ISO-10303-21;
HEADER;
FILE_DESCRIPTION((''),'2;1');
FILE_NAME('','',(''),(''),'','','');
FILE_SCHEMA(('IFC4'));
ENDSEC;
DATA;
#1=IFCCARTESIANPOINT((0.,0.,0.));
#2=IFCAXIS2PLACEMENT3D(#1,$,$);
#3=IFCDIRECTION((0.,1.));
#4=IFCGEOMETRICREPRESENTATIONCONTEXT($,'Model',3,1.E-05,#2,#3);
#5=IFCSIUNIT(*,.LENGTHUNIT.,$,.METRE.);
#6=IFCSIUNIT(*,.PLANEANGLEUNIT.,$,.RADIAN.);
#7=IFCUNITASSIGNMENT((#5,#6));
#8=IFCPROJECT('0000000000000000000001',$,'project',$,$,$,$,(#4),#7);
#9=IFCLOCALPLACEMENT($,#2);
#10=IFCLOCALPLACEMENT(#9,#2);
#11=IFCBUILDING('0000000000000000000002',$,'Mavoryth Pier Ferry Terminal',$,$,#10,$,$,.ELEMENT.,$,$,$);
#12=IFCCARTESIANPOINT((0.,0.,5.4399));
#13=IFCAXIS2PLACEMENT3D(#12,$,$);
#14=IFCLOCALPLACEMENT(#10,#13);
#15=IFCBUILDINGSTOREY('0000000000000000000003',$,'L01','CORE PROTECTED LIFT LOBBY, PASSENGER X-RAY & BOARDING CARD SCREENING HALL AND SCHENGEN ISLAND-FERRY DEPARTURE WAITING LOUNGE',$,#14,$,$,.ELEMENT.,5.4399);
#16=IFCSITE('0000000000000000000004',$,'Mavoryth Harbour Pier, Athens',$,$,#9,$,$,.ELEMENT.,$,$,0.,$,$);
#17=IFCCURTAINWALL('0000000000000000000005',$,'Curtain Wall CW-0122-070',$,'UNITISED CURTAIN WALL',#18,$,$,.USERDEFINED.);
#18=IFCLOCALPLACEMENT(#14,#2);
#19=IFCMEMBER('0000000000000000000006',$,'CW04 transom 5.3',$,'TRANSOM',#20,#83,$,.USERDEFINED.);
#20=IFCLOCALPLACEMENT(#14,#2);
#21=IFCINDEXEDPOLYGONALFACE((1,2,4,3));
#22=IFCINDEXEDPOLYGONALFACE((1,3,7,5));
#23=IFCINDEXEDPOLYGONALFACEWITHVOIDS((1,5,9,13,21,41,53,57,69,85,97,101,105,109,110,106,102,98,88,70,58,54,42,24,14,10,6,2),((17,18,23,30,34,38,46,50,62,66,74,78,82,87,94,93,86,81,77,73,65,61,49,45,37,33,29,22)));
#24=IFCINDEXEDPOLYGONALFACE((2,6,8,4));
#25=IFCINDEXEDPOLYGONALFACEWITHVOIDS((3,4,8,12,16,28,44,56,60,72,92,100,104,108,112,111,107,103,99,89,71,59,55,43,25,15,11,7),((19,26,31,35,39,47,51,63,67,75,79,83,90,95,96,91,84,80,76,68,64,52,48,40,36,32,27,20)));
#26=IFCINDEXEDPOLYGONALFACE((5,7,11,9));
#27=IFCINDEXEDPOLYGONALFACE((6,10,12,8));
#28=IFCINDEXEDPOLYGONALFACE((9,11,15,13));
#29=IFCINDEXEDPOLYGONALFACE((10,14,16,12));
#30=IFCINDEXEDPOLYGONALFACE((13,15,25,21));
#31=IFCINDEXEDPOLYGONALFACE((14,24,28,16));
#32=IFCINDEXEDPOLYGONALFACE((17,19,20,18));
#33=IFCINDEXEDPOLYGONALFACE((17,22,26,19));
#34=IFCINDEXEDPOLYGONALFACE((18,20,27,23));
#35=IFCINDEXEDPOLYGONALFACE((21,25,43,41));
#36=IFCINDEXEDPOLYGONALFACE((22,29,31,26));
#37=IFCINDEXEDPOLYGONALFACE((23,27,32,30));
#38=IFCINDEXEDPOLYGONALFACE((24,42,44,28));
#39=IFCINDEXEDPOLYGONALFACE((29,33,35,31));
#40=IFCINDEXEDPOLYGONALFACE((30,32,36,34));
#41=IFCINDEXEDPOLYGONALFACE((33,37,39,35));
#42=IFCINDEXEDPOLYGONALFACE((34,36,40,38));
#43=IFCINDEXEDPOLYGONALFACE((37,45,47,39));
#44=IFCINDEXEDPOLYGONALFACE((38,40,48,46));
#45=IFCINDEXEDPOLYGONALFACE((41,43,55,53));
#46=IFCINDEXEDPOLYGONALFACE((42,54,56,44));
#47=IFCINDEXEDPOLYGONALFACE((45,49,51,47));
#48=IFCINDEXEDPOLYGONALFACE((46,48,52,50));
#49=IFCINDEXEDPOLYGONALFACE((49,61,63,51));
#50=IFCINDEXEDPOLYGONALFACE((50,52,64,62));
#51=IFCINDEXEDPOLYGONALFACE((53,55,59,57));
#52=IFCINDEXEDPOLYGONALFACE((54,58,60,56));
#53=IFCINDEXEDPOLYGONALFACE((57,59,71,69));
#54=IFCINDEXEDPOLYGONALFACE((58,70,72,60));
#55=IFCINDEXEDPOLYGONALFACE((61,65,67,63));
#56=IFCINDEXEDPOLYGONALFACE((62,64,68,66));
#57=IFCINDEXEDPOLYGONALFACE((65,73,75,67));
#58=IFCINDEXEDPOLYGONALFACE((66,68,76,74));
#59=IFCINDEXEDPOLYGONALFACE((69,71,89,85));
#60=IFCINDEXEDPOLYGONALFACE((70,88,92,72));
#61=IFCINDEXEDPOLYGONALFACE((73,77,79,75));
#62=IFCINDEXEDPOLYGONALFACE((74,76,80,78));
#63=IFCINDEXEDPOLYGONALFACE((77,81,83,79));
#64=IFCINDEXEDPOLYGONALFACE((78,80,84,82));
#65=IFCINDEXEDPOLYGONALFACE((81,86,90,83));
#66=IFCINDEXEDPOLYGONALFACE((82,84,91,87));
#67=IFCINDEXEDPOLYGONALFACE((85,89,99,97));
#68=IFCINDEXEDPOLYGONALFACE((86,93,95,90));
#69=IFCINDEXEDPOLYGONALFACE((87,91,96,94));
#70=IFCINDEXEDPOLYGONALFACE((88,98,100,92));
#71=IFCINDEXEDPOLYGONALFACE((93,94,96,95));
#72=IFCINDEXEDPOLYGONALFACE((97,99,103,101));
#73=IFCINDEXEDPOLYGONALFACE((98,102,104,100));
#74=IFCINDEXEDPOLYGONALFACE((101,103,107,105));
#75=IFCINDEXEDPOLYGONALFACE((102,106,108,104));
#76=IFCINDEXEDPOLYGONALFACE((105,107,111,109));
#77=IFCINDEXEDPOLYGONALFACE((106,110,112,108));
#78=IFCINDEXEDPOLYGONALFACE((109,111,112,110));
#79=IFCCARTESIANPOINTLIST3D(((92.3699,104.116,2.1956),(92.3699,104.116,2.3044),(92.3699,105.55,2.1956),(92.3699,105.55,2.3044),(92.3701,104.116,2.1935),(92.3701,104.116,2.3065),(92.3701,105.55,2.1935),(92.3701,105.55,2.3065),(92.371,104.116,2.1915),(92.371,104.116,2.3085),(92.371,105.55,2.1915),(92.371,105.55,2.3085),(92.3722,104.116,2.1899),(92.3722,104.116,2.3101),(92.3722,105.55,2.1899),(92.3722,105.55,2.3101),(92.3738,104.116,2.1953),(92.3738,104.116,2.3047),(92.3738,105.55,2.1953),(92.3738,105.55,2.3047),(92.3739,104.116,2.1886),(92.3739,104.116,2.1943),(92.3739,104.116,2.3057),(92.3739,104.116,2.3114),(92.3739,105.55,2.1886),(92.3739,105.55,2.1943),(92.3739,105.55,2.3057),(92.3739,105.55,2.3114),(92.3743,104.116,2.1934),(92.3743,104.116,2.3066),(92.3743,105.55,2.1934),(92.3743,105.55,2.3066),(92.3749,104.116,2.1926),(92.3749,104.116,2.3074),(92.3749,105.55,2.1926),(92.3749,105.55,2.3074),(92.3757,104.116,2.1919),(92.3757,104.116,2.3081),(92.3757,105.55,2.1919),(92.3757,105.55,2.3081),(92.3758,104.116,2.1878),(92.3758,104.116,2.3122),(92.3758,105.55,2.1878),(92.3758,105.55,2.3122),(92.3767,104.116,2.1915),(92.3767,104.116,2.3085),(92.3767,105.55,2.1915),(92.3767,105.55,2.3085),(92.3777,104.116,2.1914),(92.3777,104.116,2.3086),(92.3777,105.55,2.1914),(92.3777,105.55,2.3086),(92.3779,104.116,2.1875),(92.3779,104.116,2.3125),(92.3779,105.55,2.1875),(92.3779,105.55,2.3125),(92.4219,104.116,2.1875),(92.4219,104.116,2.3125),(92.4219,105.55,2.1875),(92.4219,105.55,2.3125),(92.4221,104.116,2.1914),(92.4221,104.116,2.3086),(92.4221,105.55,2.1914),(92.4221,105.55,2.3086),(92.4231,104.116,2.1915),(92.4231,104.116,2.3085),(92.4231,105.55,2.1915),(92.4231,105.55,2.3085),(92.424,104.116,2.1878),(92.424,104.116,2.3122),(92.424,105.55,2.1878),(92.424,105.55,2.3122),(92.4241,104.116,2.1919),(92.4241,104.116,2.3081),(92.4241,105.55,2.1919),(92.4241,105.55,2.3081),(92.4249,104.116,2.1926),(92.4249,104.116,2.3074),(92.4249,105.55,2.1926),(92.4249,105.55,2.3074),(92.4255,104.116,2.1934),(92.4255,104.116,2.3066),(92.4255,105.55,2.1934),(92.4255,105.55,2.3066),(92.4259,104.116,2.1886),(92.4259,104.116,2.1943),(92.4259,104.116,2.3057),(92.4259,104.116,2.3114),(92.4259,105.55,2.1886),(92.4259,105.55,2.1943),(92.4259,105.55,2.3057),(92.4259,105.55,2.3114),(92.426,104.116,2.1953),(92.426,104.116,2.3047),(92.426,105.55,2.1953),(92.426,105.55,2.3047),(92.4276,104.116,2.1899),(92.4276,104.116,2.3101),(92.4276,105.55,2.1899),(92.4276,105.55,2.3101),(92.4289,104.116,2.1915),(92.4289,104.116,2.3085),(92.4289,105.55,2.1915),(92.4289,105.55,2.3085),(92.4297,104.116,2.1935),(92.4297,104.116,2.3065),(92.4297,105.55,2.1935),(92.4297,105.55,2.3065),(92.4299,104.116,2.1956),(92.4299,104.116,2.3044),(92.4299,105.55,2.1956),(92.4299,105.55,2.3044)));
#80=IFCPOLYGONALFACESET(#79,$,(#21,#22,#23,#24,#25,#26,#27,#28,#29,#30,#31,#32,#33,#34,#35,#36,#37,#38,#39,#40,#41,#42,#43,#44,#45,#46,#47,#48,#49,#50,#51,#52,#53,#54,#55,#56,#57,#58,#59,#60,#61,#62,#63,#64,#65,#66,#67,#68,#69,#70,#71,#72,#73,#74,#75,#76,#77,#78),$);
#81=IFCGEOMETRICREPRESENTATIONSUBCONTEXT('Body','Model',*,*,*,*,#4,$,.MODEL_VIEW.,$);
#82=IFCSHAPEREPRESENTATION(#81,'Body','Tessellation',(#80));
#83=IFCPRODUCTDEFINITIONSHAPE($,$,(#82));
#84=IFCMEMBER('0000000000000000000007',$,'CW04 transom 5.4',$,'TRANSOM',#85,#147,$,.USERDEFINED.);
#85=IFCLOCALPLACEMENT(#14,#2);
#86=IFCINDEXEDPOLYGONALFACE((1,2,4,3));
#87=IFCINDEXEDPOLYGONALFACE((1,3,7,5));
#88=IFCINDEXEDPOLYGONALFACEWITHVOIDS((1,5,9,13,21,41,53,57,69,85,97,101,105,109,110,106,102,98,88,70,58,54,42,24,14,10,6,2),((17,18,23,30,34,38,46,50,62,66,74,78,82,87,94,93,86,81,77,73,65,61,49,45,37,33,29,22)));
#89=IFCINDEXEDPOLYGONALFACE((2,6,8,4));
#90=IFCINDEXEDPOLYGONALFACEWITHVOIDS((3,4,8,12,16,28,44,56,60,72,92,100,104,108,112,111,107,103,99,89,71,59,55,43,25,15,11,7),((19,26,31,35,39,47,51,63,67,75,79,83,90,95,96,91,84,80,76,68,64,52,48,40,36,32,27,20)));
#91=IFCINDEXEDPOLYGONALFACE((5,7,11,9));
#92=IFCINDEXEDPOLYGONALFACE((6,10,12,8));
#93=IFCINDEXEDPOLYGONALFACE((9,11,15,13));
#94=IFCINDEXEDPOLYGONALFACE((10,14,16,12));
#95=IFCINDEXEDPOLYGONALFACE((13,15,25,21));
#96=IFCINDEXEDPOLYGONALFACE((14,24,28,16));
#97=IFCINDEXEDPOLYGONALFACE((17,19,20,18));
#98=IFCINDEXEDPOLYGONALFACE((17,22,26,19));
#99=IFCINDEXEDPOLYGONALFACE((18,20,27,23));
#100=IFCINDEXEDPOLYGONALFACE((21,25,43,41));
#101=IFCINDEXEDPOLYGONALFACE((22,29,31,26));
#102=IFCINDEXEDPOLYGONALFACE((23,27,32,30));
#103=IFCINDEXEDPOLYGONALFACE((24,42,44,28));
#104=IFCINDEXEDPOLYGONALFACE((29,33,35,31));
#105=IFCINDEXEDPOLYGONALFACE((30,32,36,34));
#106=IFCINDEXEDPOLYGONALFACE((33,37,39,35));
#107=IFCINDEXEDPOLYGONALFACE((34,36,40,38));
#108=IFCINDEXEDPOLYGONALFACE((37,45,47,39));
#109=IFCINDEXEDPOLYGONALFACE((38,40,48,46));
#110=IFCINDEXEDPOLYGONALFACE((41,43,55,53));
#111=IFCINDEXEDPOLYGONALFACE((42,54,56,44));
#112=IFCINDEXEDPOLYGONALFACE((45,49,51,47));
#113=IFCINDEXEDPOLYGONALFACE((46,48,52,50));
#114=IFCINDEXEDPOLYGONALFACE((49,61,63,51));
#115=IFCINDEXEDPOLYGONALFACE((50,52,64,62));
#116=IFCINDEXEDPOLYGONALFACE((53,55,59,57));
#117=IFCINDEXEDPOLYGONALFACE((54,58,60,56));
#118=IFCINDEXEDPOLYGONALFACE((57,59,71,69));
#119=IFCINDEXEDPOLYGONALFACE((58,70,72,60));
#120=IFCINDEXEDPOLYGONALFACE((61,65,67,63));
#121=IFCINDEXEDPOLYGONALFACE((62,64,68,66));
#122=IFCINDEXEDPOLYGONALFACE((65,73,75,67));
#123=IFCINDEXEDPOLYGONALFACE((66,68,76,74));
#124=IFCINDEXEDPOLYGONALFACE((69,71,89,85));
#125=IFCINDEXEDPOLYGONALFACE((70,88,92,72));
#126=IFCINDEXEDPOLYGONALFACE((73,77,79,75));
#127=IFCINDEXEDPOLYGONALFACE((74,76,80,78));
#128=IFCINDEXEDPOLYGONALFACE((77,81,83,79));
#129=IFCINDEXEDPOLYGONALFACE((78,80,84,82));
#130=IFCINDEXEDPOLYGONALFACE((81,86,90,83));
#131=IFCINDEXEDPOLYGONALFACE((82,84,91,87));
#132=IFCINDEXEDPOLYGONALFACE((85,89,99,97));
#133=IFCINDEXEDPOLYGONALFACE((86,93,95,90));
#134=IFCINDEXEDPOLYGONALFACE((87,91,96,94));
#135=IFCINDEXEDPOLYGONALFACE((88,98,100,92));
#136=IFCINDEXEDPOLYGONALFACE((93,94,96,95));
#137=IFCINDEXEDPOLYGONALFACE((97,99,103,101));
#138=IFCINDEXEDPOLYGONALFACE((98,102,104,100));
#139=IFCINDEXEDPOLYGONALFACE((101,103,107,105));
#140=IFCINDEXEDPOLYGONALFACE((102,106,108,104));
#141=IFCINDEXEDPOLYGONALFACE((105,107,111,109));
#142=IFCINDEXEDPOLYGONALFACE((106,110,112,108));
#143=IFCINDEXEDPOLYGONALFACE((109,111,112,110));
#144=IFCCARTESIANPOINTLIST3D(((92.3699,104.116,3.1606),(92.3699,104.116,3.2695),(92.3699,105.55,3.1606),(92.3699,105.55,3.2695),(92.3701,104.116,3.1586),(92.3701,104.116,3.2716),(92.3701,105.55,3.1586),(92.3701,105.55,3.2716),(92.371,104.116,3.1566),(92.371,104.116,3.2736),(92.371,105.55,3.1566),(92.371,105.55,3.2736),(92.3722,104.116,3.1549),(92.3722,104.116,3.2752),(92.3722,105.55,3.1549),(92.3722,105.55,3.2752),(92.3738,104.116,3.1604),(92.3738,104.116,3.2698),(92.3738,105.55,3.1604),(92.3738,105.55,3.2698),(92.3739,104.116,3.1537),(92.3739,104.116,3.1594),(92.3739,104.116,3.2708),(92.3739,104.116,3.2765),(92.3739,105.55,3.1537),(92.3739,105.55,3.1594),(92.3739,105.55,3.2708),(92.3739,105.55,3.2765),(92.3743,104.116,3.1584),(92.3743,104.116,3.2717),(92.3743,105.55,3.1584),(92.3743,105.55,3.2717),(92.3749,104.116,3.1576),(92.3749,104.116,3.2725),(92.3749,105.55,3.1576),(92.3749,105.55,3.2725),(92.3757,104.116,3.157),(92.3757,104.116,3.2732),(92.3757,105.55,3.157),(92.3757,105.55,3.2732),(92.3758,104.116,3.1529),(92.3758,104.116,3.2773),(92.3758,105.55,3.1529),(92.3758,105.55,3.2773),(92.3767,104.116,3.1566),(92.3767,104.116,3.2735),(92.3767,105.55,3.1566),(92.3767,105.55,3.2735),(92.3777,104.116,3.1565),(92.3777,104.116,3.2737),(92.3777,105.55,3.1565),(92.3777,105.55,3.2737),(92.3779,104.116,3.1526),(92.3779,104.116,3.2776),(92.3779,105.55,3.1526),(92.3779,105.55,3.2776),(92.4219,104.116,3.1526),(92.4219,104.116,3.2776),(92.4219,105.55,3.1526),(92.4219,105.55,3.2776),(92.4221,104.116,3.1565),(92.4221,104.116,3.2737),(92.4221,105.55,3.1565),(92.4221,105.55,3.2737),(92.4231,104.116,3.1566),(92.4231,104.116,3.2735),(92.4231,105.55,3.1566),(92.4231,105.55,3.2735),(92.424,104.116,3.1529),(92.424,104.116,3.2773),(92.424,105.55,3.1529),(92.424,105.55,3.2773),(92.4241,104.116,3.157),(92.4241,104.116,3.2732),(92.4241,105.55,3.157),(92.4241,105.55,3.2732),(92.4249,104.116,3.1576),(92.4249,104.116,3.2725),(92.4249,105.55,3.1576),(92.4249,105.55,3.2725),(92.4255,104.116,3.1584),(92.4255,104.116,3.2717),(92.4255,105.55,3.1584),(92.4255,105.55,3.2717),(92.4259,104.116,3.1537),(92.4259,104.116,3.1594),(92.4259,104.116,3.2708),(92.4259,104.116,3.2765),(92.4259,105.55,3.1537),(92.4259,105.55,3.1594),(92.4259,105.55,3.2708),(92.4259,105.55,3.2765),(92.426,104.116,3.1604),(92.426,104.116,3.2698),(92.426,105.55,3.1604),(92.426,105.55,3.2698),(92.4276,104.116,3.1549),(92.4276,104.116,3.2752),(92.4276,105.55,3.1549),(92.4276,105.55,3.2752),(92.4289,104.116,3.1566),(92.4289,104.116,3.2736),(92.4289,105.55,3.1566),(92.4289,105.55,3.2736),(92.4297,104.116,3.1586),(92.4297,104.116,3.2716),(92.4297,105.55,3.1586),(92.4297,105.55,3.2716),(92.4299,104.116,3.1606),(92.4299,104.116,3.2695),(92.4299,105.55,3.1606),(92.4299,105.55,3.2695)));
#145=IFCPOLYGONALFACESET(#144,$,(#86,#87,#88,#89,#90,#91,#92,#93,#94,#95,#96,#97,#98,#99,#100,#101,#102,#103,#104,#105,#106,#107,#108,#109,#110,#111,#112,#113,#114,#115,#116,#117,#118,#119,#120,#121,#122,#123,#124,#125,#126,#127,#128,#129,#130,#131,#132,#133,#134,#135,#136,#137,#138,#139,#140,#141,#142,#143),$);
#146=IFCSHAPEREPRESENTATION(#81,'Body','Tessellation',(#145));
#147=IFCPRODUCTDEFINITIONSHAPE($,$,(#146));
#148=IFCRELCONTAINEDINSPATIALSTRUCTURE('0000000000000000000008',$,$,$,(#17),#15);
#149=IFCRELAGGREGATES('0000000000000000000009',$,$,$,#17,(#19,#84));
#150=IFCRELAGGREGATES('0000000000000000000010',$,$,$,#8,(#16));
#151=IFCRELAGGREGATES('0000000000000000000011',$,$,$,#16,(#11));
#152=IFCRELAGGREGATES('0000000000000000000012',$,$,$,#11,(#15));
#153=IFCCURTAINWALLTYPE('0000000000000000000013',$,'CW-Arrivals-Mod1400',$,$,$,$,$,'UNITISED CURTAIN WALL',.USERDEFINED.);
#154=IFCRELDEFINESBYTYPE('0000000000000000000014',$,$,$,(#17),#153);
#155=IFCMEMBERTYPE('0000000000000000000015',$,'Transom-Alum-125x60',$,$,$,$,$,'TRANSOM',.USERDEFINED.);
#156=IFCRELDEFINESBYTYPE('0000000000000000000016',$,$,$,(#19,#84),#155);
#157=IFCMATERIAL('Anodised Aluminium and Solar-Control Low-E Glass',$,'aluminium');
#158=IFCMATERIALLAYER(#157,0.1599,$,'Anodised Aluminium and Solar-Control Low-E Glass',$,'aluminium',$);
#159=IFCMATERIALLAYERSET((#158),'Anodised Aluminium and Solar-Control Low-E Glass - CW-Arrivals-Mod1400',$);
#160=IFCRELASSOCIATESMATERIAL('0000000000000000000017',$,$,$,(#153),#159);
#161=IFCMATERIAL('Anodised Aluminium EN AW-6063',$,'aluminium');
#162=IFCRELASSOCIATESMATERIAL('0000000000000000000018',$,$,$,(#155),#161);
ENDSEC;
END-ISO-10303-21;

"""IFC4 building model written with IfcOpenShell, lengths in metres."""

from ifc_helpers import new_model, si_unit, direction, frame, origin, origin_2d, place, context, subcontext, project, spatial, hollow_rectangle, extrude, material, layer, layer_set, material_profile, profile_set, type_object, element, aggregate, save


model = new_model("IFC4")

# Units and contexts
model_context = context("Model", 3, precision=1e-05, world=origin(), true_north=direction((0.0, 1.0)))
body_context = subcontext(model_context, "Body", "Model", "MODEL_VIEW")
ifc_project = project(units=[si_unit("LENGTHUNIT", "METRE"), si_unit("PLANEANGLEUNIT", "RADIAN")], contexts=[model_context])

# Site, building, storey
site_placement = place(None, origin())
site = spatial("IfcSite", under=ifc_project, at=site_placement, Name="Mavoryth Harbour Pier, Athens", CompositionType="ELEMENT", RefElevation=0.0)
building_placement = place(site_placement, origin())
building = spatial("IfcBuilding", under=site, at=building_placement, Name="Mavoryth Pier Ferry Terminal", CompositionType="ELEMENT")
storey_placement = place(building_placement, frame((0.0, 0.0, 5.4399)))
storey = spatial("IfcBuildingStorey", under=building, at=storey_placement, Name="L01", Description="CORE PROTECTED LIFT LOBBY, PASSENGER X-RAY & BOARDING CARD SCREENING HALL AND SCHENGEN ISLAND-FERRY DEPARTURE WAITING LOUNGE", CompositionType="ELEMENT", Elevation=5.4399)

# Shared definitions
ifc_material_1 = material(Name="Anodised Aluminium and Solar-Control Low-E Glass", Category="aluminium")
ifc_layer_1 = layer(ifc_material_1, 0.1599, Name="Anodised Aluminium and Solar-Control Low-E Glass", Category="aluminium")
ifc_layer_set_1 = layer_set([ifc_layer_1], Name="Anodised Aluminium and Solar-Control Low-E Glass - CW-Arrivals-Mod1400")
curtain_wall_type_1 = type_object("IfcCurtainWallType", Name="CW-Arrivals-Mod1400", ElementType="UNITISED CURTAIN WALL", PredefinedType="USERDEFINED", material=ifc_layer_set_1)
ifc_material_2 = material(Name="Anodised Aluminium EN AW-6063", Category="aluminium")

# Curtain wall
curtain_wall_1_placement = place(storey_placement, origin())
curtain_wall_1 = element("IfcCurtainWall", 1, at=curtain_wall_1_placement, inside=storey, type_object=curtain_wall_type_1, Name="Curtain Wall CW-0122-070", ObjectType="UNITISED CURTAIN WALL", PredefinedType="USERDEFINED")

# Members
ifc_material_profile_1 = material_profile(ifc_material_2, hollow_rectangle(XDim=0.0601, YDim=0.125, WallThickness=0.0039, InnerFilletRadius=0.0039, OuterFilletRadius=0.0081, at=origin_2d()), Name="AL-TRAN 125x60x4", Category="aluminium")
ifc_profile_set_1 = profile_set([ifc_material_profile_1], Name="Anodised Aluminium EN AW-6063 - AL-TRAN 125x60x4")
member_type_1 = type_object("IfcMemberType", Name="Transom-Alum-125x60", ElementType="TRANSOM", PredefinedType="USERDEFINED", material=ifc_profile_set_1)
member_1_placement = place(storey_placement, frame((92.3999, 104.116, 2.25), z_axis=(0.0, 1.0, 0.0), x_axis=(-1.0, 0.0, 0.0)))
member_1 = element("IfcMember", 2, at=member_1_placement, type_object=member_type_1, Name="CW04 transom 5.3", ObjectType="TRANSOM", PredefinedType="USERDEFINED", context=body_context, shape_type="SweptSolid", body=[
    extrude(hollow_rectangle(XDim=0.0601, YDim=0.125, WallThickness=0.0039, InnerFilletRadius=0.0039, OuterFilletRadius=0.0081, at=origin_2d()), origin(), (0.0, 0.0, 1.0), 1.4341),
])
member_2_placement = place(storey_placement, frame((92.3999, 104.116, 3.2151), z_axis=(0.0, 1.0, 0.0), x_axis=(-1.0, 0.0, 0.0)))
member_2 = element("IfcMember", 3, at=member_2_placement, type_object=member_type_1, Name="CW04 transom 5.4", ObjectType="TRANSOM", PredefinedType="USERDEFINED", context=body_context, shape_type="SweptSolid", body=[
    extrude(hollow_rectangle(XDim=0.0601, YDim=0.125, WallThickness=0.0039, InnerFilletRadius=0.0039, OuterFilletRadius=0.0081, at=origin_2d()), origin(), (0.0, 0.0, 1.0), 1.4341),
])

aggregate(curtain_wall_1, [member_1, member_2])

save(model, "model.ifc")
